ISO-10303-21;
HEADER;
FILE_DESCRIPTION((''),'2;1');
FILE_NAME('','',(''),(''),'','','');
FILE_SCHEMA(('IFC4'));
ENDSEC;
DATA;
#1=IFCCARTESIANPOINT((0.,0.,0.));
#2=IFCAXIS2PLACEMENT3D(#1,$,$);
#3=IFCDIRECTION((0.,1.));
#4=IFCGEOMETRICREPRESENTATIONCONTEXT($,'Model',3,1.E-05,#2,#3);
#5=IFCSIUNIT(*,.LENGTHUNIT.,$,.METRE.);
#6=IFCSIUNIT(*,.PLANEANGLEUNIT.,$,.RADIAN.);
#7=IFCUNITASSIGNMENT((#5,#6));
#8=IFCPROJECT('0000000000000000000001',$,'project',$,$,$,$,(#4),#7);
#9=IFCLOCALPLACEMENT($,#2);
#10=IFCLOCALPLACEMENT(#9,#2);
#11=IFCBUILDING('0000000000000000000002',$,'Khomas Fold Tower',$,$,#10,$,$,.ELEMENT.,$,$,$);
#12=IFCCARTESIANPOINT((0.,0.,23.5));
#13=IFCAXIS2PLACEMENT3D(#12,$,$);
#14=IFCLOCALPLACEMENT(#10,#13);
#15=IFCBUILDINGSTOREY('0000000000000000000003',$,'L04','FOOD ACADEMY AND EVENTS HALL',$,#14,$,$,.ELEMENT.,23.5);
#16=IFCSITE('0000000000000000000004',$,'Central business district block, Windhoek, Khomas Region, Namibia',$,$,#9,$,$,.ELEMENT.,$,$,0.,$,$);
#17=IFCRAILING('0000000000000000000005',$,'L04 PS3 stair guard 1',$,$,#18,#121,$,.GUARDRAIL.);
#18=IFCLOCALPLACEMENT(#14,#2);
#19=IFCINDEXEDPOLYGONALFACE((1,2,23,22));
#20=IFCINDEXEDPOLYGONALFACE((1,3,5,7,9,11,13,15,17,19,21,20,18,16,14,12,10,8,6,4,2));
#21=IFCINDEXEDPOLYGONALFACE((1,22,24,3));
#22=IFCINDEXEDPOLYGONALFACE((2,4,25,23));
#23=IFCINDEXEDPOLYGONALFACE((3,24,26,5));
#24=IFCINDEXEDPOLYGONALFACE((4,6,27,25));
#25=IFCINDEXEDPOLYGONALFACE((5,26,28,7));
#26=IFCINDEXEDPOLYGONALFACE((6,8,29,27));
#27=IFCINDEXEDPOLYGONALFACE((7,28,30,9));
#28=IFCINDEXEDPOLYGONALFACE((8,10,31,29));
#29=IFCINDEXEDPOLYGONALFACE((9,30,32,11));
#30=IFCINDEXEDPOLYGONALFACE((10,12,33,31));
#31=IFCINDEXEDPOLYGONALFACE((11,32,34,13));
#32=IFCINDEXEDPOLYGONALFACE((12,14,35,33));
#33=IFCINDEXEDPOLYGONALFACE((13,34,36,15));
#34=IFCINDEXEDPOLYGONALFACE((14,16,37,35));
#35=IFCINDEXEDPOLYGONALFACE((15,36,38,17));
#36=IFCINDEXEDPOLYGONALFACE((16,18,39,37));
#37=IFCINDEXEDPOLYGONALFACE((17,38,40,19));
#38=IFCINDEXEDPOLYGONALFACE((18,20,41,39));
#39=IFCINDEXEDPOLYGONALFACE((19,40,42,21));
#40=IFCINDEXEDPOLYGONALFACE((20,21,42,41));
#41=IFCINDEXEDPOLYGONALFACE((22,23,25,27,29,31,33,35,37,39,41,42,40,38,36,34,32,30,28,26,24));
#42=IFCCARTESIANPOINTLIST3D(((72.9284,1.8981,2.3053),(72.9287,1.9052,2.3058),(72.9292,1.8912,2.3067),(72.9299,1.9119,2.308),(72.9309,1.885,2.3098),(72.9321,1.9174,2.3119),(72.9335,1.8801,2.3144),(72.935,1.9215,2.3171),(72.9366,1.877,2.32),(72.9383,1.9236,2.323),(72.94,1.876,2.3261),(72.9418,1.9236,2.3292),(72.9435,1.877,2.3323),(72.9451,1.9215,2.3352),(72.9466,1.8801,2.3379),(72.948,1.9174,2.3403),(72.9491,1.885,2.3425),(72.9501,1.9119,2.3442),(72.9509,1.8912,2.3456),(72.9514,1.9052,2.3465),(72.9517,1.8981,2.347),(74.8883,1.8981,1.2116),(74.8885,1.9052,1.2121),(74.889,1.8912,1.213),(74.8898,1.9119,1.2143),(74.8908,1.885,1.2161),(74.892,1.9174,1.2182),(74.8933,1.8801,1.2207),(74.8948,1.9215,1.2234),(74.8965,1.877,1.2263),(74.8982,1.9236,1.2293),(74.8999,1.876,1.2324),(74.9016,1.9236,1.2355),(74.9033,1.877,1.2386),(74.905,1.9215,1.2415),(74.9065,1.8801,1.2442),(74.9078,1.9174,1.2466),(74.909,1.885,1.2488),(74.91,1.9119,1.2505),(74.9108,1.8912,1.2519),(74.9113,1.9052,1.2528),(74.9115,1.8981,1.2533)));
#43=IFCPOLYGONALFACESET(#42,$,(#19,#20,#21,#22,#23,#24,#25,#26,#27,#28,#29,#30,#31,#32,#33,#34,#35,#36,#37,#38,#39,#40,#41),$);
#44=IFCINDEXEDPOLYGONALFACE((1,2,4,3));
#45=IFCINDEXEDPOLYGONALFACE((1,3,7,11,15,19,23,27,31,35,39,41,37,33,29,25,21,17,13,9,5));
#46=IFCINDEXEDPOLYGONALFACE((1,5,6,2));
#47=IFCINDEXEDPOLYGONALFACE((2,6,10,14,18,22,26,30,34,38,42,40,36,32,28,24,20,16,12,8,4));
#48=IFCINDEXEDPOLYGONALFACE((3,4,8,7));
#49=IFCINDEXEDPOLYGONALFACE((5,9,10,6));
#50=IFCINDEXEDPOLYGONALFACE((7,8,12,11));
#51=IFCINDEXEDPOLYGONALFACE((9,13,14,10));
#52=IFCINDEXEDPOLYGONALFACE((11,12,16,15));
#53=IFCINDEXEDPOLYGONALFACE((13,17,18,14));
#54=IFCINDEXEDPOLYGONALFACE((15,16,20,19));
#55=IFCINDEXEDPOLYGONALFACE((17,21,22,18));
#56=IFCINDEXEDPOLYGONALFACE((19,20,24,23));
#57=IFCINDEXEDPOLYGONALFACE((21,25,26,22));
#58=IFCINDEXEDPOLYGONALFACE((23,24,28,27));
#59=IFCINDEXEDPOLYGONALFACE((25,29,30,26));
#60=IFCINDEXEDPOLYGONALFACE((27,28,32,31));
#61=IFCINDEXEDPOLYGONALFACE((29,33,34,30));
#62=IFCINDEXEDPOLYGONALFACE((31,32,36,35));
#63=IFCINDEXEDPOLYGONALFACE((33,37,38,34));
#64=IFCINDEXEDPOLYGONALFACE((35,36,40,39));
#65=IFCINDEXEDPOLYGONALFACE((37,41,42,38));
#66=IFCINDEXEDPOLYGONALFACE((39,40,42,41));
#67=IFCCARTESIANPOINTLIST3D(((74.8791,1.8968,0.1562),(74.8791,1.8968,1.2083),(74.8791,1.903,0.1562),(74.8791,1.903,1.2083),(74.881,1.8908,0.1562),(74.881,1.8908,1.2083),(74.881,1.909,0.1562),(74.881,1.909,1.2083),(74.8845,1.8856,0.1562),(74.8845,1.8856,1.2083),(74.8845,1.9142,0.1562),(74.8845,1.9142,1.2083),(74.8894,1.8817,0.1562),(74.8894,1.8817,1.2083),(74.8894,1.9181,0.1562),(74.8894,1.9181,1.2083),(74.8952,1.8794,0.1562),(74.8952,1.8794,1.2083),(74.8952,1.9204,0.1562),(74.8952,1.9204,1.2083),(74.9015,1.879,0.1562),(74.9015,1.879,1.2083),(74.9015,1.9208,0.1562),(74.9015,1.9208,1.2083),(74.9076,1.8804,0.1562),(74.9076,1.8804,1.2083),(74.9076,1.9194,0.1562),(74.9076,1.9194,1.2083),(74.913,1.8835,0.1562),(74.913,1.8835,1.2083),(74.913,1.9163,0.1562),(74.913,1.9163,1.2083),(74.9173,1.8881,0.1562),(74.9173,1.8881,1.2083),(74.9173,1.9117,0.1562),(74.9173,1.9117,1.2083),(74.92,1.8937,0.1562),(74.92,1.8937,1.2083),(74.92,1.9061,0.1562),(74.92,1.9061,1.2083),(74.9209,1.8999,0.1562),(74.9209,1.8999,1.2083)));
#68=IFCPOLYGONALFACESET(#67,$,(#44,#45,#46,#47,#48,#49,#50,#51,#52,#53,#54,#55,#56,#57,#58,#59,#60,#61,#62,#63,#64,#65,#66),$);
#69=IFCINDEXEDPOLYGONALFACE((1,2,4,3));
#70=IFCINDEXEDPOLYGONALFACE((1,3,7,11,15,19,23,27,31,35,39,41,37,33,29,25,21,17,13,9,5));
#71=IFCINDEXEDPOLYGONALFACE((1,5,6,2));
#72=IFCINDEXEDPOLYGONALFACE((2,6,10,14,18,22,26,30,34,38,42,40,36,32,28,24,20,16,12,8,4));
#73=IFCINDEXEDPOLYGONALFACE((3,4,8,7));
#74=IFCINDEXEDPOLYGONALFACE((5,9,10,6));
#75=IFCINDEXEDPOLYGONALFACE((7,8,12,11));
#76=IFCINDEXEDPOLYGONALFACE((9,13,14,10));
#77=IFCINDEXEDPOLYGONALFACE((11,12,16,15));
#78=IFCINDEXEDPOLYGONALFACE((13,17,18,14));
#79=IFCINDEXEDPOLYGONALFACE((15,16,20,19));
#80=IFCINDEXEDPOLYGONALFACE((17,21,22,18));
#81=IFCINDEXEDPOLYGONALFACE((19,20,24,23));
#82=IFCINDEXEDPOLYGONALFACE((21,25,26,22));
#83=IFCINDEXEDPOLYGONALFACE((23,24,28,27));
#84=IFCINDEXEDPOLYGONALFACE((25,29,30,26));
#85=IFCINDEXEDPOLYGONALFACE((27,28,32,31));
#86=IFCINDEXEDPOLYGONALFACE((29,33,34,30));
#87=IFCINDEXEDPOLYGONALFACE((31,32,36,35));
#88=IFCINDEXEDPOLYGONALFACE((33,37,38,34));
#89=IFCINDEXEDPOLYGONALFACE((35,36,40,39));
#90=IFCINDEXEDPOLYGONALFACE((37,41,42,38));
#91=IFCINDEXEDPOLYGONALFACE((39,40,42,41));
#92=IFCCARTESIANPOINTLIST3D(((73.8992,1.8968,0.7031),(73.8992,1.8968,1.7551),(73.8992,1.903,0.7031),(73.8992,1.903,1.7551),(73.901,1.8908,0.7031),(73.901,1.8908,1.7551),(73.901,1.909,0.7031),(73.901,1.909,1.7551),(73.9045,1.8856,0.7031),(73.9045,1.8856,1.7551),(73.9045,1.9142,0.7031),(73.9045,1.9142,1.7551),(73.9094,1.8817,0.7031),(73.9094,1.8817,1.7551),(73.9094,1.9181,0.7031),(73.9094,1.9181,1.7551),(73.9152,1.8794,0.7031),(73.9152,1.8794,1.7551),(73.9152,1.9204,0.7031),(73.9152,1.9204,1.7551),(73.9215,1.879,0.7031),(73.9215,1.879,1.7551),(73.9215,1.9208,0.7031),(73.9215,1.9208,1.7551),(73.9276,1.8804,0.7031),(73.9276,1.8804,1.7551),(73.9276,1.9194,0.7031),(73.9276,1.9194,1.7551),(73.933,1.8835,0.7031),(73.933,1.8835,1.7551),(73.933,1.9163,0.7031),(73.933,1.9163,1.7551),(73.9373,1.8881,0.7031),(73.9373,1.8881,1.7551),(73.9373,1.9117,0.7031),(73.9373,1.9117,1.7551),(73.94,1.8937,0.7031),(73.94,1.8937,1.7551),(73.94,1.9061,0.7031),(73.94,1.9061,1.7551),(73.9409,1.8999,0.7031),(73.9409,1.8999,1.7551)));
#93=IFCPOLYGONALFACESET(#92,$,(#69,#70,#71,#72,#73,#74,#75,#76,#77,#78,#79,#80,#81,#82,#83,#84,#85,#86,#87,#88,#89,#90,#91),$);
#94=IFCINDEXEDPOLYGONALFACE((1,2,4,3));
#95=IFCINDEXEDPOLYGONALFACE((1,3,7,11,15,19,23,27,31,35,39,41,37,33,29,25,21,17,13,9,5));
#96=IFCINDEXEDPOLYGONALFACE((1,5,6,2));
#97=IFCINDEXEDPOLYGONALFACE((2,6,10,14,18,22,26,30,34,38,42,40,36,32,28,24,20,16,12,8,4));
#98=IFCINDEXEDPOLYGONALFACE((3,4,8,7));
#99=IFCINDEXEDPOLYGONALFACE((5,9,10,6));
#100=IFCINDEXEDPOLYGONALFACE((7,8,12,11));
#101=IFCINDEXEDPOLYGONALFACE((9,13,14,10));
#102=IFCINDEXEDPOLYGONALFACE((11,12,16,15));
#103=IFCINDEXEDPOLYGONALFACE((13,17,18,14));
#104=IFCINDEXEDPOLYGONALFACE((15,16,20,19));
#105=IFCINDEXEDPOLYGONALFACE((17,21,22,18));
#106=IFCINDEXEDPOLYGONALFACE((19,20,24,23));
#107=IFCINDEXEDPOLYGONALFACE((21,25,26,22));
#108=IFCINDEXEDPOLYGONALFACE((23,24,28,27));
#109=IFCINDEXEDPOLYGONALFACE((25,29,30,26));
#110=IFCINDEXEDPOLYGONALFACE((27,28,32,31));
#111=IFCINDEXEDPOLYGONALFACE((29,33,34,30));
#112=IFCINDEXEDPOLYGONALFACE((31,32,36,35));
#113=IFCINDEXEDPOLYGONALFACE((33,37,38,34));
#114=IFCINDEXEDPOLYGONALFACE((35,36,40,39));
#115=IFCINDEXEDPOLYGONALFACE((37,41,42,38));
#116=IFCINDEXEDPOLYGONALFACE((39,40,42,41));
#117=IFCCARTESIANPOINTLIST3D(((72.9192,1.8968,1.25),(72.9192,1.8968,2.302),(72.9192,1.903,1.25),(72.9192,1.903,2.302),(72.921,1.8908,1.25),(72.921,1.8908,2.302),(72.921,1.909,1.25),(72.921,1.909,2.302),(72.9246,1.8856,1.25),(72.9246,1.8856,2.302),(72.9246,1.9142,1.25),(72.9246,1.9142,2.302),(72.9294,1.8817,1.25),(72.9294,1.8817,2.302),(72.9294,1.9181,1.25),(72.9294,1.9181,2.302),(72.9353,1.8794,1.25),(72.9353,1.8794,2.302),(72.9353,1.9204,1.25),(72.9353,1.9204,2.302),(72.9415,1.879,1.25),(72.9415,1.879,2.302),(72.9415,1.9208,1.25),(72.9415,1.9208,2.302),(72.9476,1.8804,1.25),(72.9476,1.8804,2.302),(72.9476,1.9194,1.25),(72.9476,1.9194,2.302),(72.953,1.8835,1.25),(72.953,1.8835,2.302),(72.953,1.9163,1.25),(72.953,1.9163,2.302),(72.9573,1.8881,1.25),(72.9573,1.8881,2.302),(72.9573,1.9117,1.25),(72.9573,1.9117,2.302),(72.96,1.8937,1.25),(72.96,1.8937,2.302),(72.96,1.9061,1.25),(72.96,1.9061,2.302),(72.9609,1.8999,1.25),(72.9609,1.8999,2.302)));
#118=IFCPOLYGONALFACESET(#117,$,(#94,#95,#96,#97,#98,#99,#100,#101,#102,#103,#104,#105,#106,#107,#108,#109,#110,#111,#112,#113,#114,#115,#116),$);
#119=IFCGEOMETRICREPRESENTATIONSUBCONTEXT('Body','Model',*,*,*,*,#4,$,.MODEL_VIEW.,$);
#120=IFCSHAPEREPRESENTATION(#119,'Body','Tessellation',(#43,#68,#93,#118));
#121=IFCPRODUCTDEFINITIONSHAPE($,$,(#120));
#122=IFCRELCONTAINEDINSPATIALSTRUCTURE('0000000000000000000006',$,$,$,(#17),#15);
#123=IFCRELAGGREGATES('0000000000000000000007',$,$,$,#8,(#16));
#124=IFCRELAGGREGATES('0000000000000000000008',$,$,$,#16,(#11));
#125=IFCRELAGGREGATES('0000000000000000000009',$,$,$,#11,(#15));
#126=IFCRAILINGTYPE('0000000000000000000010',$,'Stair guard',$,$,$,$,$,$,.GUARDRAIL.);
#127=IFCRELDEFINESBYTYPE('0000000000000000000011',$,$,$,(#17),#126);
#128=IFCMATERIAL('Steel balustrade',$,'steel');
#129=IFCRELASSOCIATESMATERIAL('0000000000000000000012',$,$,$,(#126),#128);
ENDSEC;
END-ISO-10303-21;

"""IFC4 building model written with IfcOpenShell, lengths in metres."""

from ifc_helpers import new_model, si_unit, direction, frame, origin, origin_2d, place, context, subcontext, project, spatial, circle, extrude, source, transform, mapped, material, type_object, element, save


model = new_model("IFC4")

# Units and contexts
model_context = context("Model", 3, precision=1e-05, world=origin(), true_north=direction((0.0, 1.0)))
body_context = subcontext(model_context, "Body", "Model", "MODEL_VIEW")
ifc_project = project(units=[si_unit("LENGTHUNIT", "METRE"), si_unit("PLANEANGLEUNIT", "RADIAN")], contexts=[model_context])

# Site, building, storey
site_placement = place(None, origin())
site = spatial("IfcSite", under=ifc_project, at=site_placement, Name="Central business district block, Windhoek, Khomas Region, Namibia", CompositionType="ELEMENT", RefElevation=0.0)
building_placement = place(site_placement, origin())
building = spatial("IfcBuilding", under=site, at=building_placement, Name="Khomas Fold Tower", CompositionType="ELEMENT")
storey_placement = place(building_placement, frame((0.0, 0.0, 23.5)))
storey = spatial("IfcBuildingStorey", under=building, at=storey_placement, Name="L04", Description="FOOD ACADEMY AND EVENTS HALL", CompositionType="ELEMENT", Elevation=23.5)

# Railing
ifc_material_1 = material(Name="Steel balustrade", Category="steel")
railing_type_1 = type_object("IfcRailingType", Name="Stair guard", PredefinedType="GUARDRAIL", material=ifc_material_1)
shared_shape_1 = source(origin(), body_context, "Body", "SweptSolid", [
    extrude(circle(Radius=0.0239, at=origin_2d()), frame((0.0, 0.0, 1.0762), z_axis=(-0.873232, 0.0, 0.487304), x_axis=(0.0, -1.0, 0.0)), (0.0, 0.0, 1.0), 2.2444),
    extrude(circle(Radius=0.021, at=origin_2d()), origin(), (0.0, 0.0, 1.0), 1.052),
    extrude(circle(Radius=0.021, at=origin_2d()), frame((-0.98, 0.0, 0.5469)), (0.0, 0.0, 1.0), 1.052),
    extrude(circle(Radius=0.021, at=origin_2d()), frame((-1.96, 0.0, 1.0938)), (0.0, 0.0, 1.0), 1.052),
])
for number, where, name in (
    (1, (74.8999, 1.8999, 0.1562), "L04 PS3 stair guard 1"),
):
    element("IfcRailing", number, at=place(storey_placement, frame(where)), inside=storey, type_object=railing_type_1, Name=name, PredefinedType="GUARDRAIL", context=body_context, shape_type="MappedRepresentation", body=[
        mapped(shared_shape_1, transform((0.0, 0.0, 0.0))),
    ])

save(model, "model.ifc")
